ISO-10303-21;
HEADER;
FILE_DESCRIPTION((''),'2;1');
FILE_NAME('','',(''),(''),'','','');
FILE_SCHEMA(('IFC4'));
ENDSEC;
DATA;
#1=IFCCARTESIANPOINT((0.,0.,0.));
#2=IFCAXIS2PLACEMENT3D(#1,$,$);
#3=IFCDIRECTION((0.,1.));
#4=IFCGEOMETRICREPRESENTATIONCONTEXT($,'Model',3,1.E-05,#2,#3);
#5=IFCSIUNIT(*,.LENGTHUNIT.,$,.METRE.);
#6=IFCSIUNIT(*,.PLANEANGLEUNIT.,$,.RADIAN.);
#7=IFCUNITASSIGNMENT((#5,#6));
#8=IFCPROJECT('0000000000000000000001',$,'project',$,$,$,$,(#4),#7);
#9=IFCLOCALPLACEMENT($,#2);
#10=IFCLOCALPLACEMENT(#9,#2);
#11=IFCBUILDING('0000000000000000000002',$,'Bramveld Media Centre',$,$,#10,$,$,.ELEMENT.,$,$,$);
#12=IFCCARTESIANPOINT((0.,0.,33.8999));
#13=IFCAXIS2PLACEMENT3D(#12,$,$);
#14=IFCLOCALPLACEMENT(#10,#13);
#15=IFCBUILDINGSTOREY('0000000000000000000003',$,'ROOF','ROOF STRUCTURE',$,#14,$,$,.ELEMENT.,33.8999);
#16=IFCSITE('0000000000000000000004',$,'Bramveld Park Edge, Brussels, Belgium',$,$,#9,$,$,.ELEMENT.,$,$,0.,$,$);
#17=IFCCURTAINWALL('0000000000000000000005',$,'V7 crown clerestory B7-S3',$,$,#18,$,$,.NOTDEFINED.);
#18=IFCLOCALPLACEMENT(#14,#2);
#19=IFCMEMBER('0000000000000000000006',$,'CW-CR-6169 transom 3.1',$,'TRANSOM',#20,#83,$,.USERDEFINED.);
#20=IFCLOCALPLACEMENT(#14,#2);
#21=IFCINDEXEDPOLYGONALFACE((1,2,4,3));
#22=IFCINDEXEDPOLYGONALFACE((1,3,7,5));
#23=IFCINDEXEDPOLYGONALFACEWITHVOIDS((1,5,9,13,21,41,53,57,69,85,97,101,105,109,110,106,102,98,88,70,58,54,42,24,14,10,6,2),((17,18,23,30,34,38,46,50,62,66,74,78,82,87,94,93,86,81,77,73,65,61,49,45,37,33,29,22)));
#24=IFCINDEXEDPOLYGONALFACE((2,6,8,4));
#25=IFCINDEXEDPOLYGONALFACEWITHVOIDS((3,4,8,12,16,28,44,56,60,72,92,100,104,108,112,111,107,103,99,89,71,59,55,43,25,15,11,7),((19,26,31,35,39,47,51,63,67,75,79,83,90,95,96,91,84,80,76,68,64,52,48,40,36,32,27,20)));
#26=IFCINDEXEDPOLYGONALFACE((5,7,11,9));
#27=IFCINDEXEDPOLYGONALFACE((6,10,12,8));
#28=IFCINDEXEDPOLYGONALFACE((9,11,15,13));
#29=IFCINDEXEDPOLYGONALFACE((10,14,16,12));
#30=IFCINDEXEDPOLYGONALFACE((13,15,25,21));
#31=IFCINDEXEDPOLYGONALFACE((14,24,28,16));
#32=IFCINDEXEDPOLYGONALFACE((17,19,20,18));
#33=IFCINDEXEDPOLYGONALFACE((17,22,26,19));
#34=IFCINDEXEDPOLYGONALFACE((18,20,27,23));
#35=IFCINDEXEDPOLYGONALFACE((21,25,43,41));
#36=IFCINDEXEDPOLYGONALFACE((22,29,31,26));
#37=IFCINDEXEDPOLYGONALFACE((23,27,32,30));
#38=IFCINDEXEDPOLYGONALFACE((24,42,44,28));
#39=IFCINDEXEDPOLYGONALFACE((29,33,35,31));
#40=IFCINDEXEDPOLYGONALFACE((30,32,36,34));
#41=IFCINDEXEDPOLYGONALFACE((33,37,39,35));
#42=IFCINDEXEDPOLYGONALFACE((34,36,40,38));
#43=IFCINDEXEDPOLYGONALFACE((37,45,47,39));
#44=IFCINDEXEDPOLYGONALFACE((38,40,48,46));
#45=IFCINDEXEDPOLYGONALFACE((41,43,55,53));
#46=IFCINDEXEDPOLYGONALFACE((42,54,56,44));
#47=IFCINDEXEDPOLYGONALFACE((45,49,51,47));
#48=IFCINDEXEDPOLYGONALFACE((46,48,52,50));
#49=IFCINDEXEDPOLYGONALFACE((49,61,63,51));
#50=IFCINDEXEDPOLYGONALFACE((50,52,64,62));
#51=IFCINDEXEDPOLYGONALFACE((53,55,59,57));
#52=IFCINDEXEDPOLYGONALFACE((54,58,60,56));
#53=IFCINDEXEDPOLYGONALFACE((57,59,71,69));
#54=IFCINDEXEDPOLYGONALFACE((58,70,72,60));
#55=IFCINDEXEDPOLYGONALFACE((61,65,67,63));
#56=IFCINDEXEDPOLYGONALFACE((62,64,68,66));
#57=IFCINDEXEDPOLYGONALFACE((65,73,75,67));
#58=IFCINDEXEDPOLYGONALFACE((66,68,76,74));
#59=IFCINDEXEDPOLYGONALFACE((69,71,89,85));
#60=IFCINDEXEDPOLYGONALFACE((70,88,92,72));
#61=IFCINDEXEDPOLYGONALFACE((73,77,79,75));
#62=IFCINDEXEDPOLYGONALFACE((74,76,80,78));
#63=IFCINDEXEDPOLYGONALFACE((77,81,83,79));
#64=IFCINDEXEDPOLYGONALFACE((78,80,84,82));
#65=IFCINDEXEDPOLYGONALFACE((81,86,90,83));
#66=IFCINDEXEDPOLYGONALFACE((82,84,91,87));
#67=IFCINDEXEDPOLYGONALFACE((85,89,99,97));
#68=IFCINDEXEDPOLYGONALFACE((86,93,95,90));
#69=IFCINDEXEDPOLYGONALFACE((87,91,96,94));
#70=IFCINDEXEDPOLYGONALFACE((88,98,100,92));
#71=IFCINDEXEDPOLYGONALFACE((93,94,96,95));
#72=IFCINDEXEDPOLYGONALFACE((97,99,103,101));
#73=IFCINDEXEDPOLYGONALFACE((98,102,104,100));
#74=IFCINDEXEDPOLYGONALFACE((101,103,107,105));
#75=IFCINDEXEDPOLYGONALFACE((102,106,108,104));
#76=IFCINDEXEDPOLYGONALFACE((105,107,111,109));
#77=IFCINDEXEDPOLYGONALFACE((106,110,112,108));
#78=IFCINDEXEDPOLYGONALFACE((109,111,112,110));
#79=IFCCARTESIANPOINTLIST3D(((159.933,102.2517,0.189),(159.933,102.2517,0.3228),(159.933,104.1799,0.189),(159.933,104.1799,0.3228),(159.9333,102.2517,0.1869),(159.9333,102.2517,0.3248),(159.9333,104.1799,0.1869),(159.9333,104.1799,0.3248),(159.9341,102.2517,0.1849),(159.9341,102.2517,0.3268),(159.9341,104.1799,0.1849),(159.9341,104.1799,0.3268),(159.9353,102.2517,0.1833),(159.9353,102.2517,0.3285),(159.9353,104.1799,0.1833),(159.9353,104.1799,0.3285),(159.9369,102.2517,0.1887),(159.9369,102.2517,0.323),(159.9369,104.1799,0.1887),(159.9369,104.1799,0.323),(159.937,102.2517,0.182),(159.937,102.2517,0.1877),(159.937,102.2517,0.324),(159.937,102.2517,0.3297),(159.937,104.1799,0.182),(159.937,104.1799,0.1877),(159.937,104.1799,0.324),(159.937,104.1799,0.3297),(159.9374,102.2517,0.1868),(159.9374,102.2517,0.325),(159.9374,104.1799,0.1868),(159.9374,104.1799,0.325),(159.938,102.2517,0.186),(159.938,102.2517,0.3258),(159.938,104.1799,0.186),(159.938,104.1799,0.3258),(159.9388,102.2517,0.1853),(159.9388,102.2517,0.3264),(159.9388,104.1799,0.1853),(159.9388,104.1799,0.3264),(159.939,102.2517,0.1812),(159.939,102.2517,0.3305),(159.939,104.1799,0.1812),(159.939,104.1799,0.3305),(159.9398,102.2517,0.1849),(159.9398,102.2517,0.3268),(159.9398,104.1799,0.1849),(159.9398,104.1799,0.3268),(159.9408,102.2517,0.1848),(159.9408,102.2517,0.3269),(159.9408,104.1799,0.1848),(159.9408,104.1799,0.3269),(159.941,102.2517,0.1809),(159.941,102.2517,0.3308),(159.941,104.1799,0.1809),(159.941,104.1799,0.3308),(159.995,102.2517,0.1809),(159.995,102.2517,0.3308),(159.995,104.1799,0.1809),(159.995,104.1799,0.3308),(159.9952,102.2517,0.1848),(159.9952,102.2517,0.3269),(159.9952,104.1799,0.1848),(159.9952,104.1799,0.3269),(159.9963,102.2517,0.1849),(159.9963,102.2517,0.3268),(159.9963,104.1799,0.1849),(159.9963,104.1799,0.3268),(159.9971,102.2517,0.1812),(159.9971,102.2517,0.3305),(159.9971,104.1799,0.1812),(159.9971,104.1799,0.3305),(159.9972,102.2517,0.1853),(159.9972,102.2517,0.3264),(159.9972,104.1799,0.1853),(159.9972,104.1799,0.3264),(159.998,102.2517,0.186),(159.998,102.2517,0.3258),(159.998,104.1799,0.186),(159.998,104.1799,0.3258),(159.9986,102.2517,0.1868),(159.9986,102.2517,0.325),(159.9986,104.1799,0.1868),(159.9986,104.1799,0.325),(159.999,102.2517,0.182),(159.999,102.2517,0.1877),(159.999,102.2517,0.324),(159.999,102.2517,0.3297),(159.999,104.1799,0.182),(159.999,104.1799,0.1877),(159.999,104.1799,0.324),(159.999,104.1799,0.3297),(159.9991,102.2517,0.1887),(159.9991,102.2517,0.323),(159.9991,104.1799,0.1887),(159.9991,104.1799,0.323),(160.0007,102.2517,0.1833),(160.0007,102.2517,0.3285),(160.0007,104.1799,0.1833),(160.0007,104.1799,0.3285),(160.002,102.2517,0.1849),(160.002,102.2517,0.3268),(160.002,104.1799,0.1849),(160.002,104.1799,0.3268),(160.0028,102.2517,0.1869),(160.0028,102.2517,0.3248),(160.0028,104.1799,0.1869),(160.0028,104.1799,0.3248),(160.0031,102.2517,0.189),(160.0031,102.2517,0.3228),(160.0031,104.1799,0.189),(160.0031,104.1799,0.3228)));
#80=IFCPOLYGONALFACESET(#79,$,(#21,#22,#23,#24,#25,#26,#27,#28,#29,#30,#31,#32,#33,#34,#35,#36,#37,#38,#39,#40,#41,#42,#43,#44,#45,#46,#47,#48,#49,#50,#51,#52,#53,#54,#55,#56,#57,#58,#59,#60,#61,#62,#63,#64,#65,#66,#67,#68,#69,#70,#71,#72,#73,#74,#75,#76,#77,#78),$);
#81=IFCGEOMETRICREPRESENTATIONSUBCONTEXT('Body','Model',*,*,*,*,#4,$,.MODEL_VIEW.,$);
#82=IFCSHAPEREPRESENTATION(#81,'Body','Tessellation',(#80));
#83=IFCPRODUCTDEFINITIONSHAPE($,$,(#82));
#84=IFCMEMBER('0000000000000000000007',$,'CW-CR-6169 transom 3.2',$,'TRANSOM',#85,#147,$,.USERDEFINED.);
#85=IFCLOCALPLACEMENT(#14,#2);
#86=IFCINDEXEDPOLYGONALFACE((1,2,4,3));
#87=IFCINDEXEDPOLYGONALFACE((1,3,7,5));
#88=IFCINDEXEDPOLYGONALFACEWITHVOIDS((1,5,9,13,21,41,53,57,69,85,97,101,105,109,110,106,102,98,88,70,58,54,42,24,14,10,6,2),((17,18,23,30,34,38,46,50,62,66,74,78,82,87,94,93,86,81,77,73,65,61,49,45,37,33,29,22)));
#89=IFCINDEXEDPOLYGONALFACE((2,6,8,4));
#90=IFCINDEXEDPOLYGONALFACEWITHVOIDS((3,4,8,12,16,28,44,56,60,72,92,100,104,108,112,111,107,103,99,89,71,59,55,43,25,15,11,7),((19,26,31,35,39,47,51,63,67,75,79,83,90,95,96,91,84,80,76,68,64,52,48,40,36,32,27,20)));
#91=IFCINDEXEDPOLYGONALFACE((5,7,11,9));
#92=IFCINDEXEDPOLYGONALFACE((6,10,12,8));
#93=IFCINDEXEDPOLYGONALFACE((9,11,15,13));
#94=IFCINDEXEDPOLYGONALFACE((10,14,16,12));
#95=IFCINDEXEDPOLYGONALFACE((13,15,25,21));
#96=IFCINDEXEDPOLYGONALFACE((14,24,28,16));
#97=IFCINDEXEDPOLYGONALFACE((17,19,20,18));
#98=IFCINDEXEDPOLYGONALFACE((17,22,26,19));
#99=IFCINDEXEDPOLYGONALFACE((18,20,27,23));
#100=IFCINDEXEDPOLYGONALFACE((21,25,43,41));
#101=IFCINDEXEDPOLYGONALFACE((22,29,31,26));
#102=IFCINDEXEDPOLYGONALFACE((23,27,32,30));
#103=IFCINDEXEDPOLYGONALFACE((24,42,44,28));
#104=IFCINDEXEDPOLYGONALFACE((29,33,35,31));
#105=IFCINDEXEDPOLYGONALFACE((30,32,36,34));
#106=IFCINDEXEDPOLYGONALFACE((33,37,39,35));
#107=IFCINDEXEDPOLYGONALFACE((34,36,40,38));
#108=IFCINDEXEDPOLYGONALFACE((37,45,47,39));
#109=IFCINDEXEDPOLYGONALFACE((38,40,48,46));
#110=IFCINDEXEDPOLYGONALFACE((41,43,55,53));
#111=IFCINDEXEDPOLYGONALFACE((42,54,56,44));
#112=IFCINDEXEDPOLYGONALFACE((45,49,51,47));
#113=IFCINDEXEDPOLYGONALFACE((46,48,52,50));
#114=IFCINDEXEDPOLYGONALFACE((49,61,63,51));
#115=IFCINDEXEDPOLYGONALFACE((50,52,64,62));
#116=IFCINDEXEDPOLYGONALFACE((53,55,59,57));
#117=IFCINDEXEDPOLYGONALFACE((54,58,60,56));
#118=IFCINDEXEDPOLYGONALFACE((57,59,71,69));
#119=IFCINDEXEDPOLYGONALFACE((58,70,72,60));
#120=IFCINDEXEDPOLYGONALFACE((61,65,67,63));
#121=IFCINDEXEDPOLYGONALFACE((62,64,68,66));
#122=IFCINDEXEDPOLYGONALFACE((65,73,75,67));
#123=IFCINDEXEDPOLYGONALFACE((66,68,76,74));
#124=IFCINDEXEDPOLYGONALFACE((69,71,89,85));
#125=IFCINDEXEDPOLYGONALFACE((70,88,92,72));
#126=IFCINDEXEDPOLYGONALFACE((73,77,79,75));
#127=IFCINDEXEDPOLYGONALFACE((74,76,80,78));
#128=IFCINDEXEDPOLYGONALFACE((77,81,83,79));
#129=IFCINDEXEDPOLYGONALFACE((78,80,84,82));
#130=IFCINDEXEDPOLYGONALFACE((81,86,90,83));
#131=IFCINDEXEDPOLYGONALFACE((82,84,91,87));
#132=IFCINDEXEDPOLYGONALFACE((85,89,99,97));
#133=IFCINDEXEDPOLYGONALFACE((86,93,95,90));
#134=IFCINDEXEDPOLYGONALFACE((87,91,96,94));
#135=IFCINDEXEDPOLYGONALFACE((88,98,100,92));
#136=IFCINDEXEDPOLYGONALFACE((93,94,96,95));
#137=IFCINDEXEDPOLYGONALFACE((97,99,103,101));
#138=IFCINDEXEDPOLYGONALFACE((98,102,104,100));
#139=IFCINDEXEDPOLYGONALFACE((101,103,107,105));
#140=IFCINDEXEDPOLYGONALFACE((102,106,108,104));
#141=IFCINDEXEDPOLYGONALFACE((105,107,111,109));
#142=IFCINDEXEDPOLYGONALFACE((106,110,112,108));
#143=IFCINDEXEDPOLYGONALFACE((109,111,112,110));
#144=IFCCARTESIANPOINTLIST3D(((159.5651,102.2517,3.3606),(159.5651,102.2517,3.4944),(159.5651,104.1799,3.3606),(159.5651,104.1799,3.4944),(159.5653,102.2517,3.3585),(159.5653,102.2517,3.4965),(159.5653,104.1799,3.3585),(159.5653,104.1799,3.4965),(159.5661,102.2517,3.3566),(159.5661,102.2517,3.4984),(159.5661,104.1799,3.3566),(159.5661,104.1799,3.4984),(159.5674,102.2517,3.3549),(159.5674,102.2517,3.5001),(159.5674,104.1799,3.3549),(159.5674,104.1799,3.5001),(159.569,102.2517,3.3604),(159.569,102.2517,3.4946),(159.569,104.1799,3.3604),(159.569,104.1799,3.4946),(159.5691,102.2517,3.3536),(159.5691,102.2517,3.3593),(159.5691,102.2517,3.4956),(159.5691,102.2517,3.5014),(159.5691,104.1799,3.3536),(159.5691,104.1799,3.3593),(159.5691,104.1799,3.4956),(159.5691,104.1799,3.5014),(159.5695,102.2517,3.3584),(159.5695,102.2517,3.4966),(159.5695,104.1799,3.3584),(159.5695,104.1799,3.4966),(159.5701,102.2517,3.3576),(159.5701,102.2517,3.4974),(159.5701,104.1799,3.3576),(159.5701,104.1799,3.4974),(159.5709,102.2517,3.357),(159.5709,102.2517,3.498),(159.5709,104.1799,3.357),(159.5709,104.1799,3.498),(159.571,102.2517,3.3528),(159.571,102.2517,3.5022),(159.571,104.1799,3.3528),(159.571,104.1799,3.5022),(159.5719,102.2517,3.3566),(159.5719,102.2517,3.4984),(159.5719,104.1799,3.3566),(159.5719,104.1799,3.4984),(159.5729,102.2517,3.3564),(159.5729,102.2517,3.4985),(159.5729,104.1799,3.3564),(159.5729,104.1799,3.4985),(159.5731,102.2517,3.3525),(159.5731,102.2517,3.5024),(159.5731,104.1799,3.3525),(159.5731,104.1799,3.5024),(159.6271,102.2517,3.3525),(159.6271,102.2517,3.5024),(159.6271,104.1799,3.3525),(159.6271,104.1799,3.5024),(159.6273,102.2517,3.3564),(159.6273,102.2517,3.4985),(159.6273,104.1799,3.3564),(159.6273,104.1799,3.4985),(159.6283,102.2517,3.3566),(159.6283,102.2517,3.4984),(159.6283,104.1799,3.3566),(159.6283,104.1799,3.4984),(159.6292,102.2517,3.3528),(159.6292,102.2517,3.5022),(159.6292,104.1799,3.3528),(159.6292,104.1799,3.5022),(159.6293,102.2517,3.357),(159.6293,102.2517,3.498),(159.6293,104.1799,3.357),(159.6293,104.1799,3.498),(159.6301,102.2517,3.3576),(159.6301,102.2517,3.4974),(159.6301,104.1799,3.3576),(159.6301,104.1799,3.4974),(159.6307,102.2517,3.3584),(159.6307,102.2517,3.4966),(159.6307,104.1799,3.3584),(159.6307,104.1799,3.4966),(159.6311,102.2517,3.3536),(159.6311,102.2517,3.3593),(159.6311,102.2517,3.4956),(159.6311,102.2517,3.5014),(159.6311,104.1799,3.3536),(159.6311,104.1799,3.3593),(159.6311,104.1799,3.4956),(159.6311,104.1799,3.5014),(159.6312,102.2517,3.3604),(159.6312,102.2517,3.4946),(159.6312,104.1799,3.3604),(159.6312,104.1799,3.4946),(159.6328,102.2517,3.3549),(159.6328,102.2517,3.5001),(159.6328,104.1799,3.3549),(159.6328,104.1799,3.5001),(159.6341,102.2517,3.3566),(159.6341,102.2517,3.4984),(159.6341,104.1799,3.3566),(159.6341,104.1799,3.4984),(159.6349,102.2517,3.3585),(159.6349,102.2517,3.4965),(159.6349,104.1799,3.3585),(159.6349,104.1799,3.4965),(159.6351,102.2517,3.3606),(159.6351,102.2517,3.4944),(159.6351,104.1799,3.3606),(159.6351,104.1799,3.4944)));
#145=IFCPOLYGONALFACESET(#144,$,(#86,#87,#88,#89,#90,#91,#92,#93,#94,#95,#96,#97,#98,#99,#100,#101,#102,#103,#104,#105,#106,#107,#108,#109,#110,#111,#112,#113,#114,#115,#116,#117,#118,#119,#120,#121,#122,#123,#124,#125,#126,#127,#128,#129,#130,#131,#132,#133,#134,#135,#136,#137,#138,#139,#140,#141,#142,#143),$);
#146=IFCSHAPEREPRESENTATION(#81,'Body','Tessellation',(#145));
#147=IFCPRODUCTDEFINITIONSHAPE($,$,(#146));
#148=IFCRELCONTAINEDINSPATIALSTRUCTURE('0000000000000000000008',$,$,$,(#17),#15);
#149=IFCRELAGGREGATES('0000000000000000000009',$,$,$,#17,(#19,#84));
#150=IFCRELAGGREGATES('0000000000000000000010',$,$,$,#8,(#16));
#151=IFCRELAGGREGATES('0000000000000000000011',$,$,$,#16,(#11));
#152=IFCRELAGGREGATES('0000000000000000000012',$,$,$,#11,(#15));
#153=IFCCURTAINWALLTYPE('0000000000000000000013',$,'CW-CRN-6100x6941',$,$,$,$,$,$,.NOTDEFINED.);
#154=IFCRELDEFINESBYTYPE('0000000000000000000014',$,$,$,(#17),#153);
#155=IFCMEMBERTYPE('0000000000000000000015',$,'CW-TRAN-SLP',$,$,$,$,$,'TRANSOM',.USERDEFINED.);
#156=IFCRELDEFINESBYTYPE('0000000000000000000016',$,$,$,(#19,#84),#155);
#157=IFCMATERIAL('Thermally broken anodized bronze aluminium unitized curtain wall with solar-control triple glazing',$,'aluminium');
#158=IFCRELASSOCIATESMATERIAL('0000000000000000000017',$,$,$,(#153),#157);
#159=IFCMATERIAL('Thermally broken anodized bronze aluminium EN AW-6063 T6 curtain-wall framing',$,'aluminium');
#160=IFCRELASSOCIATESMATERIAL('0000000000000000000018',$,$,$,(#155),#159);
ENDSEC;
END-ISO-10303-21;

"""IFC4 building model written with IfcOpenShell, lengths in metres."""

from ifc_helpers import new_model, si_unit, direction, frame, origin, origin_2d, place, context, subcontext, project, spatial, hollow_rectangle, extrude, material, material_profile, profile_set, type_object, element, aggregate, save


model = new_model("IFC4")

# Units and contexts
model_context = context("Model", 3, precision=1e-05, world=origin(), true_north=direction((0.0, 1.0)))
body_context = subcontext(model_context, "Body", "Model", "MODEL_VIEW")
ifc_project = project(units=[si_unit("LENGTHUNIT", "METRE"), si_unit("PLANEANGLEUNIT", "RADIAN")], contexts=[model_context])

# Site, building, storey
site_placement = place(None, origin())
site = spatial("IfcSite", under=ifc_project, at=site_placement, Name="Bramveld Park Edge, Brussels, Belgium", CompositionType="ELEMENT", RefElevation=0.0)
building_placement = place(site_placement, origin())
building = spatial("IfcBuilding", under=site, at=building_placement, Name="Bramveld Media Centre", CompositionType="ELEMENT")
storey_placement = place(building_placement, frame((0.0, 0.0, 33.8999)))
storey = spatial("IfcBuildingStorey", under=building, at=storey_placement, Name="ROOF", Description="ROOF STRUCTURE", CompositionType="ELEMENT", Elevation=33.8999)

# Curtain wall
ifc_material_1 = material(Name="Thermally broken anodized bronze aluminium unitized curtain wall with solar-control triple glazing", Category="aluminium")
curtain_wall_type = type_object("IfcCurtainWallType", Name="CW-CRN-6100x6941", PredefinedType="NOTDEFINED", material=ifc_material_1)
curtain_wall_1_placement = place(storey_placement, origin())
curtain_wall_1 = element("IfcCurtainWall", 1, at=curtain_wall_1_placement, inside=storey, type_object=curtain_wall_type, Name="V7 crown clerestory B7-S3", PredefinedType="NOTDEFINED")

# Members
ifc_material_2 = material(Name="Thermally broken anodized bronze aluminium EN AW-6063 T6 curtain-wall framing", Category="aluminium")
ifc_material_profile_1 = material_profile(ifc_material_2, hollow_rectangle(XDim=0.0701, YDim=0.1499, WallThickness=0.0039, InnerFilletRadius=0.0039, OuterFilletRadius=0.0081, at=origin_2d()), Name="AL-TRAN 70x150")
ifc_profile_set_1 = profile_set([ifc_material_profile_1], Name="Thermally broken anodized bronze aluminium EN AW-6063 T6 curtain-wall framing")
member_type_1 = type_object("IfcMemberType", Name="CW-TRAN-SLP", ElementType="TRANSOM", PredefinedType="USERDEFINED", material=ifc_profile_set_1)
member_1_placement = place(storey_placement, frame((159.968, 102.2517, 0.2559), z_axis=(0.0, 1.0, 0.0), x_axis=(-1.0, 0.0, 0.0)))
member_1 = element("IfcMember", 2, at=member_1_placement, type_object=member_type_1, Name="CW-CR-6169 transom 3.1", ObjectType="TRANSOM", PredefinedType="USERDEFINED", context=body_context, shape_type="SweptSolid", body=[
    extrude(hollow_rectangle(XDim=0.0701, YDim=0.1499, WallThickness=0.0039, InnerFilletRadius=0.0039, OuterFilletRadius=0.0081, at=origin_2d()), origin(), (0.0, 0.0, 1.0), 1.9282),
])
member_2_placement = place(storey_placement, frame((159.6001, 102.2517, 3.4275), z_axis=(0.0, 1.0, 0.0), x_axis=(-1.0, 0.0, 0.0)))
member_2 = element("IfcMember", 3, at=member_2_placement, type_object=member_type_1, Name="CW-CR-6169 transom 3.2", ObjectType="TRANSOM", PredefinedType="USERDEFINED", context=body_context, shape_type="SweptSolid", body=[
    extrude(hollow_rectangle(XDim=0.0701, YDim=0.1499, WallThickness=0.0039, InnerFilletRadius=0.0039, OuterFilletRadius=0.0081, at=origin_2d()), origin(), (0.0, 0.0, 1.0), 1.9282),
])

aggregate(curtain_wall_1, [member_1, member_2])

save(model, "model.ifc")
